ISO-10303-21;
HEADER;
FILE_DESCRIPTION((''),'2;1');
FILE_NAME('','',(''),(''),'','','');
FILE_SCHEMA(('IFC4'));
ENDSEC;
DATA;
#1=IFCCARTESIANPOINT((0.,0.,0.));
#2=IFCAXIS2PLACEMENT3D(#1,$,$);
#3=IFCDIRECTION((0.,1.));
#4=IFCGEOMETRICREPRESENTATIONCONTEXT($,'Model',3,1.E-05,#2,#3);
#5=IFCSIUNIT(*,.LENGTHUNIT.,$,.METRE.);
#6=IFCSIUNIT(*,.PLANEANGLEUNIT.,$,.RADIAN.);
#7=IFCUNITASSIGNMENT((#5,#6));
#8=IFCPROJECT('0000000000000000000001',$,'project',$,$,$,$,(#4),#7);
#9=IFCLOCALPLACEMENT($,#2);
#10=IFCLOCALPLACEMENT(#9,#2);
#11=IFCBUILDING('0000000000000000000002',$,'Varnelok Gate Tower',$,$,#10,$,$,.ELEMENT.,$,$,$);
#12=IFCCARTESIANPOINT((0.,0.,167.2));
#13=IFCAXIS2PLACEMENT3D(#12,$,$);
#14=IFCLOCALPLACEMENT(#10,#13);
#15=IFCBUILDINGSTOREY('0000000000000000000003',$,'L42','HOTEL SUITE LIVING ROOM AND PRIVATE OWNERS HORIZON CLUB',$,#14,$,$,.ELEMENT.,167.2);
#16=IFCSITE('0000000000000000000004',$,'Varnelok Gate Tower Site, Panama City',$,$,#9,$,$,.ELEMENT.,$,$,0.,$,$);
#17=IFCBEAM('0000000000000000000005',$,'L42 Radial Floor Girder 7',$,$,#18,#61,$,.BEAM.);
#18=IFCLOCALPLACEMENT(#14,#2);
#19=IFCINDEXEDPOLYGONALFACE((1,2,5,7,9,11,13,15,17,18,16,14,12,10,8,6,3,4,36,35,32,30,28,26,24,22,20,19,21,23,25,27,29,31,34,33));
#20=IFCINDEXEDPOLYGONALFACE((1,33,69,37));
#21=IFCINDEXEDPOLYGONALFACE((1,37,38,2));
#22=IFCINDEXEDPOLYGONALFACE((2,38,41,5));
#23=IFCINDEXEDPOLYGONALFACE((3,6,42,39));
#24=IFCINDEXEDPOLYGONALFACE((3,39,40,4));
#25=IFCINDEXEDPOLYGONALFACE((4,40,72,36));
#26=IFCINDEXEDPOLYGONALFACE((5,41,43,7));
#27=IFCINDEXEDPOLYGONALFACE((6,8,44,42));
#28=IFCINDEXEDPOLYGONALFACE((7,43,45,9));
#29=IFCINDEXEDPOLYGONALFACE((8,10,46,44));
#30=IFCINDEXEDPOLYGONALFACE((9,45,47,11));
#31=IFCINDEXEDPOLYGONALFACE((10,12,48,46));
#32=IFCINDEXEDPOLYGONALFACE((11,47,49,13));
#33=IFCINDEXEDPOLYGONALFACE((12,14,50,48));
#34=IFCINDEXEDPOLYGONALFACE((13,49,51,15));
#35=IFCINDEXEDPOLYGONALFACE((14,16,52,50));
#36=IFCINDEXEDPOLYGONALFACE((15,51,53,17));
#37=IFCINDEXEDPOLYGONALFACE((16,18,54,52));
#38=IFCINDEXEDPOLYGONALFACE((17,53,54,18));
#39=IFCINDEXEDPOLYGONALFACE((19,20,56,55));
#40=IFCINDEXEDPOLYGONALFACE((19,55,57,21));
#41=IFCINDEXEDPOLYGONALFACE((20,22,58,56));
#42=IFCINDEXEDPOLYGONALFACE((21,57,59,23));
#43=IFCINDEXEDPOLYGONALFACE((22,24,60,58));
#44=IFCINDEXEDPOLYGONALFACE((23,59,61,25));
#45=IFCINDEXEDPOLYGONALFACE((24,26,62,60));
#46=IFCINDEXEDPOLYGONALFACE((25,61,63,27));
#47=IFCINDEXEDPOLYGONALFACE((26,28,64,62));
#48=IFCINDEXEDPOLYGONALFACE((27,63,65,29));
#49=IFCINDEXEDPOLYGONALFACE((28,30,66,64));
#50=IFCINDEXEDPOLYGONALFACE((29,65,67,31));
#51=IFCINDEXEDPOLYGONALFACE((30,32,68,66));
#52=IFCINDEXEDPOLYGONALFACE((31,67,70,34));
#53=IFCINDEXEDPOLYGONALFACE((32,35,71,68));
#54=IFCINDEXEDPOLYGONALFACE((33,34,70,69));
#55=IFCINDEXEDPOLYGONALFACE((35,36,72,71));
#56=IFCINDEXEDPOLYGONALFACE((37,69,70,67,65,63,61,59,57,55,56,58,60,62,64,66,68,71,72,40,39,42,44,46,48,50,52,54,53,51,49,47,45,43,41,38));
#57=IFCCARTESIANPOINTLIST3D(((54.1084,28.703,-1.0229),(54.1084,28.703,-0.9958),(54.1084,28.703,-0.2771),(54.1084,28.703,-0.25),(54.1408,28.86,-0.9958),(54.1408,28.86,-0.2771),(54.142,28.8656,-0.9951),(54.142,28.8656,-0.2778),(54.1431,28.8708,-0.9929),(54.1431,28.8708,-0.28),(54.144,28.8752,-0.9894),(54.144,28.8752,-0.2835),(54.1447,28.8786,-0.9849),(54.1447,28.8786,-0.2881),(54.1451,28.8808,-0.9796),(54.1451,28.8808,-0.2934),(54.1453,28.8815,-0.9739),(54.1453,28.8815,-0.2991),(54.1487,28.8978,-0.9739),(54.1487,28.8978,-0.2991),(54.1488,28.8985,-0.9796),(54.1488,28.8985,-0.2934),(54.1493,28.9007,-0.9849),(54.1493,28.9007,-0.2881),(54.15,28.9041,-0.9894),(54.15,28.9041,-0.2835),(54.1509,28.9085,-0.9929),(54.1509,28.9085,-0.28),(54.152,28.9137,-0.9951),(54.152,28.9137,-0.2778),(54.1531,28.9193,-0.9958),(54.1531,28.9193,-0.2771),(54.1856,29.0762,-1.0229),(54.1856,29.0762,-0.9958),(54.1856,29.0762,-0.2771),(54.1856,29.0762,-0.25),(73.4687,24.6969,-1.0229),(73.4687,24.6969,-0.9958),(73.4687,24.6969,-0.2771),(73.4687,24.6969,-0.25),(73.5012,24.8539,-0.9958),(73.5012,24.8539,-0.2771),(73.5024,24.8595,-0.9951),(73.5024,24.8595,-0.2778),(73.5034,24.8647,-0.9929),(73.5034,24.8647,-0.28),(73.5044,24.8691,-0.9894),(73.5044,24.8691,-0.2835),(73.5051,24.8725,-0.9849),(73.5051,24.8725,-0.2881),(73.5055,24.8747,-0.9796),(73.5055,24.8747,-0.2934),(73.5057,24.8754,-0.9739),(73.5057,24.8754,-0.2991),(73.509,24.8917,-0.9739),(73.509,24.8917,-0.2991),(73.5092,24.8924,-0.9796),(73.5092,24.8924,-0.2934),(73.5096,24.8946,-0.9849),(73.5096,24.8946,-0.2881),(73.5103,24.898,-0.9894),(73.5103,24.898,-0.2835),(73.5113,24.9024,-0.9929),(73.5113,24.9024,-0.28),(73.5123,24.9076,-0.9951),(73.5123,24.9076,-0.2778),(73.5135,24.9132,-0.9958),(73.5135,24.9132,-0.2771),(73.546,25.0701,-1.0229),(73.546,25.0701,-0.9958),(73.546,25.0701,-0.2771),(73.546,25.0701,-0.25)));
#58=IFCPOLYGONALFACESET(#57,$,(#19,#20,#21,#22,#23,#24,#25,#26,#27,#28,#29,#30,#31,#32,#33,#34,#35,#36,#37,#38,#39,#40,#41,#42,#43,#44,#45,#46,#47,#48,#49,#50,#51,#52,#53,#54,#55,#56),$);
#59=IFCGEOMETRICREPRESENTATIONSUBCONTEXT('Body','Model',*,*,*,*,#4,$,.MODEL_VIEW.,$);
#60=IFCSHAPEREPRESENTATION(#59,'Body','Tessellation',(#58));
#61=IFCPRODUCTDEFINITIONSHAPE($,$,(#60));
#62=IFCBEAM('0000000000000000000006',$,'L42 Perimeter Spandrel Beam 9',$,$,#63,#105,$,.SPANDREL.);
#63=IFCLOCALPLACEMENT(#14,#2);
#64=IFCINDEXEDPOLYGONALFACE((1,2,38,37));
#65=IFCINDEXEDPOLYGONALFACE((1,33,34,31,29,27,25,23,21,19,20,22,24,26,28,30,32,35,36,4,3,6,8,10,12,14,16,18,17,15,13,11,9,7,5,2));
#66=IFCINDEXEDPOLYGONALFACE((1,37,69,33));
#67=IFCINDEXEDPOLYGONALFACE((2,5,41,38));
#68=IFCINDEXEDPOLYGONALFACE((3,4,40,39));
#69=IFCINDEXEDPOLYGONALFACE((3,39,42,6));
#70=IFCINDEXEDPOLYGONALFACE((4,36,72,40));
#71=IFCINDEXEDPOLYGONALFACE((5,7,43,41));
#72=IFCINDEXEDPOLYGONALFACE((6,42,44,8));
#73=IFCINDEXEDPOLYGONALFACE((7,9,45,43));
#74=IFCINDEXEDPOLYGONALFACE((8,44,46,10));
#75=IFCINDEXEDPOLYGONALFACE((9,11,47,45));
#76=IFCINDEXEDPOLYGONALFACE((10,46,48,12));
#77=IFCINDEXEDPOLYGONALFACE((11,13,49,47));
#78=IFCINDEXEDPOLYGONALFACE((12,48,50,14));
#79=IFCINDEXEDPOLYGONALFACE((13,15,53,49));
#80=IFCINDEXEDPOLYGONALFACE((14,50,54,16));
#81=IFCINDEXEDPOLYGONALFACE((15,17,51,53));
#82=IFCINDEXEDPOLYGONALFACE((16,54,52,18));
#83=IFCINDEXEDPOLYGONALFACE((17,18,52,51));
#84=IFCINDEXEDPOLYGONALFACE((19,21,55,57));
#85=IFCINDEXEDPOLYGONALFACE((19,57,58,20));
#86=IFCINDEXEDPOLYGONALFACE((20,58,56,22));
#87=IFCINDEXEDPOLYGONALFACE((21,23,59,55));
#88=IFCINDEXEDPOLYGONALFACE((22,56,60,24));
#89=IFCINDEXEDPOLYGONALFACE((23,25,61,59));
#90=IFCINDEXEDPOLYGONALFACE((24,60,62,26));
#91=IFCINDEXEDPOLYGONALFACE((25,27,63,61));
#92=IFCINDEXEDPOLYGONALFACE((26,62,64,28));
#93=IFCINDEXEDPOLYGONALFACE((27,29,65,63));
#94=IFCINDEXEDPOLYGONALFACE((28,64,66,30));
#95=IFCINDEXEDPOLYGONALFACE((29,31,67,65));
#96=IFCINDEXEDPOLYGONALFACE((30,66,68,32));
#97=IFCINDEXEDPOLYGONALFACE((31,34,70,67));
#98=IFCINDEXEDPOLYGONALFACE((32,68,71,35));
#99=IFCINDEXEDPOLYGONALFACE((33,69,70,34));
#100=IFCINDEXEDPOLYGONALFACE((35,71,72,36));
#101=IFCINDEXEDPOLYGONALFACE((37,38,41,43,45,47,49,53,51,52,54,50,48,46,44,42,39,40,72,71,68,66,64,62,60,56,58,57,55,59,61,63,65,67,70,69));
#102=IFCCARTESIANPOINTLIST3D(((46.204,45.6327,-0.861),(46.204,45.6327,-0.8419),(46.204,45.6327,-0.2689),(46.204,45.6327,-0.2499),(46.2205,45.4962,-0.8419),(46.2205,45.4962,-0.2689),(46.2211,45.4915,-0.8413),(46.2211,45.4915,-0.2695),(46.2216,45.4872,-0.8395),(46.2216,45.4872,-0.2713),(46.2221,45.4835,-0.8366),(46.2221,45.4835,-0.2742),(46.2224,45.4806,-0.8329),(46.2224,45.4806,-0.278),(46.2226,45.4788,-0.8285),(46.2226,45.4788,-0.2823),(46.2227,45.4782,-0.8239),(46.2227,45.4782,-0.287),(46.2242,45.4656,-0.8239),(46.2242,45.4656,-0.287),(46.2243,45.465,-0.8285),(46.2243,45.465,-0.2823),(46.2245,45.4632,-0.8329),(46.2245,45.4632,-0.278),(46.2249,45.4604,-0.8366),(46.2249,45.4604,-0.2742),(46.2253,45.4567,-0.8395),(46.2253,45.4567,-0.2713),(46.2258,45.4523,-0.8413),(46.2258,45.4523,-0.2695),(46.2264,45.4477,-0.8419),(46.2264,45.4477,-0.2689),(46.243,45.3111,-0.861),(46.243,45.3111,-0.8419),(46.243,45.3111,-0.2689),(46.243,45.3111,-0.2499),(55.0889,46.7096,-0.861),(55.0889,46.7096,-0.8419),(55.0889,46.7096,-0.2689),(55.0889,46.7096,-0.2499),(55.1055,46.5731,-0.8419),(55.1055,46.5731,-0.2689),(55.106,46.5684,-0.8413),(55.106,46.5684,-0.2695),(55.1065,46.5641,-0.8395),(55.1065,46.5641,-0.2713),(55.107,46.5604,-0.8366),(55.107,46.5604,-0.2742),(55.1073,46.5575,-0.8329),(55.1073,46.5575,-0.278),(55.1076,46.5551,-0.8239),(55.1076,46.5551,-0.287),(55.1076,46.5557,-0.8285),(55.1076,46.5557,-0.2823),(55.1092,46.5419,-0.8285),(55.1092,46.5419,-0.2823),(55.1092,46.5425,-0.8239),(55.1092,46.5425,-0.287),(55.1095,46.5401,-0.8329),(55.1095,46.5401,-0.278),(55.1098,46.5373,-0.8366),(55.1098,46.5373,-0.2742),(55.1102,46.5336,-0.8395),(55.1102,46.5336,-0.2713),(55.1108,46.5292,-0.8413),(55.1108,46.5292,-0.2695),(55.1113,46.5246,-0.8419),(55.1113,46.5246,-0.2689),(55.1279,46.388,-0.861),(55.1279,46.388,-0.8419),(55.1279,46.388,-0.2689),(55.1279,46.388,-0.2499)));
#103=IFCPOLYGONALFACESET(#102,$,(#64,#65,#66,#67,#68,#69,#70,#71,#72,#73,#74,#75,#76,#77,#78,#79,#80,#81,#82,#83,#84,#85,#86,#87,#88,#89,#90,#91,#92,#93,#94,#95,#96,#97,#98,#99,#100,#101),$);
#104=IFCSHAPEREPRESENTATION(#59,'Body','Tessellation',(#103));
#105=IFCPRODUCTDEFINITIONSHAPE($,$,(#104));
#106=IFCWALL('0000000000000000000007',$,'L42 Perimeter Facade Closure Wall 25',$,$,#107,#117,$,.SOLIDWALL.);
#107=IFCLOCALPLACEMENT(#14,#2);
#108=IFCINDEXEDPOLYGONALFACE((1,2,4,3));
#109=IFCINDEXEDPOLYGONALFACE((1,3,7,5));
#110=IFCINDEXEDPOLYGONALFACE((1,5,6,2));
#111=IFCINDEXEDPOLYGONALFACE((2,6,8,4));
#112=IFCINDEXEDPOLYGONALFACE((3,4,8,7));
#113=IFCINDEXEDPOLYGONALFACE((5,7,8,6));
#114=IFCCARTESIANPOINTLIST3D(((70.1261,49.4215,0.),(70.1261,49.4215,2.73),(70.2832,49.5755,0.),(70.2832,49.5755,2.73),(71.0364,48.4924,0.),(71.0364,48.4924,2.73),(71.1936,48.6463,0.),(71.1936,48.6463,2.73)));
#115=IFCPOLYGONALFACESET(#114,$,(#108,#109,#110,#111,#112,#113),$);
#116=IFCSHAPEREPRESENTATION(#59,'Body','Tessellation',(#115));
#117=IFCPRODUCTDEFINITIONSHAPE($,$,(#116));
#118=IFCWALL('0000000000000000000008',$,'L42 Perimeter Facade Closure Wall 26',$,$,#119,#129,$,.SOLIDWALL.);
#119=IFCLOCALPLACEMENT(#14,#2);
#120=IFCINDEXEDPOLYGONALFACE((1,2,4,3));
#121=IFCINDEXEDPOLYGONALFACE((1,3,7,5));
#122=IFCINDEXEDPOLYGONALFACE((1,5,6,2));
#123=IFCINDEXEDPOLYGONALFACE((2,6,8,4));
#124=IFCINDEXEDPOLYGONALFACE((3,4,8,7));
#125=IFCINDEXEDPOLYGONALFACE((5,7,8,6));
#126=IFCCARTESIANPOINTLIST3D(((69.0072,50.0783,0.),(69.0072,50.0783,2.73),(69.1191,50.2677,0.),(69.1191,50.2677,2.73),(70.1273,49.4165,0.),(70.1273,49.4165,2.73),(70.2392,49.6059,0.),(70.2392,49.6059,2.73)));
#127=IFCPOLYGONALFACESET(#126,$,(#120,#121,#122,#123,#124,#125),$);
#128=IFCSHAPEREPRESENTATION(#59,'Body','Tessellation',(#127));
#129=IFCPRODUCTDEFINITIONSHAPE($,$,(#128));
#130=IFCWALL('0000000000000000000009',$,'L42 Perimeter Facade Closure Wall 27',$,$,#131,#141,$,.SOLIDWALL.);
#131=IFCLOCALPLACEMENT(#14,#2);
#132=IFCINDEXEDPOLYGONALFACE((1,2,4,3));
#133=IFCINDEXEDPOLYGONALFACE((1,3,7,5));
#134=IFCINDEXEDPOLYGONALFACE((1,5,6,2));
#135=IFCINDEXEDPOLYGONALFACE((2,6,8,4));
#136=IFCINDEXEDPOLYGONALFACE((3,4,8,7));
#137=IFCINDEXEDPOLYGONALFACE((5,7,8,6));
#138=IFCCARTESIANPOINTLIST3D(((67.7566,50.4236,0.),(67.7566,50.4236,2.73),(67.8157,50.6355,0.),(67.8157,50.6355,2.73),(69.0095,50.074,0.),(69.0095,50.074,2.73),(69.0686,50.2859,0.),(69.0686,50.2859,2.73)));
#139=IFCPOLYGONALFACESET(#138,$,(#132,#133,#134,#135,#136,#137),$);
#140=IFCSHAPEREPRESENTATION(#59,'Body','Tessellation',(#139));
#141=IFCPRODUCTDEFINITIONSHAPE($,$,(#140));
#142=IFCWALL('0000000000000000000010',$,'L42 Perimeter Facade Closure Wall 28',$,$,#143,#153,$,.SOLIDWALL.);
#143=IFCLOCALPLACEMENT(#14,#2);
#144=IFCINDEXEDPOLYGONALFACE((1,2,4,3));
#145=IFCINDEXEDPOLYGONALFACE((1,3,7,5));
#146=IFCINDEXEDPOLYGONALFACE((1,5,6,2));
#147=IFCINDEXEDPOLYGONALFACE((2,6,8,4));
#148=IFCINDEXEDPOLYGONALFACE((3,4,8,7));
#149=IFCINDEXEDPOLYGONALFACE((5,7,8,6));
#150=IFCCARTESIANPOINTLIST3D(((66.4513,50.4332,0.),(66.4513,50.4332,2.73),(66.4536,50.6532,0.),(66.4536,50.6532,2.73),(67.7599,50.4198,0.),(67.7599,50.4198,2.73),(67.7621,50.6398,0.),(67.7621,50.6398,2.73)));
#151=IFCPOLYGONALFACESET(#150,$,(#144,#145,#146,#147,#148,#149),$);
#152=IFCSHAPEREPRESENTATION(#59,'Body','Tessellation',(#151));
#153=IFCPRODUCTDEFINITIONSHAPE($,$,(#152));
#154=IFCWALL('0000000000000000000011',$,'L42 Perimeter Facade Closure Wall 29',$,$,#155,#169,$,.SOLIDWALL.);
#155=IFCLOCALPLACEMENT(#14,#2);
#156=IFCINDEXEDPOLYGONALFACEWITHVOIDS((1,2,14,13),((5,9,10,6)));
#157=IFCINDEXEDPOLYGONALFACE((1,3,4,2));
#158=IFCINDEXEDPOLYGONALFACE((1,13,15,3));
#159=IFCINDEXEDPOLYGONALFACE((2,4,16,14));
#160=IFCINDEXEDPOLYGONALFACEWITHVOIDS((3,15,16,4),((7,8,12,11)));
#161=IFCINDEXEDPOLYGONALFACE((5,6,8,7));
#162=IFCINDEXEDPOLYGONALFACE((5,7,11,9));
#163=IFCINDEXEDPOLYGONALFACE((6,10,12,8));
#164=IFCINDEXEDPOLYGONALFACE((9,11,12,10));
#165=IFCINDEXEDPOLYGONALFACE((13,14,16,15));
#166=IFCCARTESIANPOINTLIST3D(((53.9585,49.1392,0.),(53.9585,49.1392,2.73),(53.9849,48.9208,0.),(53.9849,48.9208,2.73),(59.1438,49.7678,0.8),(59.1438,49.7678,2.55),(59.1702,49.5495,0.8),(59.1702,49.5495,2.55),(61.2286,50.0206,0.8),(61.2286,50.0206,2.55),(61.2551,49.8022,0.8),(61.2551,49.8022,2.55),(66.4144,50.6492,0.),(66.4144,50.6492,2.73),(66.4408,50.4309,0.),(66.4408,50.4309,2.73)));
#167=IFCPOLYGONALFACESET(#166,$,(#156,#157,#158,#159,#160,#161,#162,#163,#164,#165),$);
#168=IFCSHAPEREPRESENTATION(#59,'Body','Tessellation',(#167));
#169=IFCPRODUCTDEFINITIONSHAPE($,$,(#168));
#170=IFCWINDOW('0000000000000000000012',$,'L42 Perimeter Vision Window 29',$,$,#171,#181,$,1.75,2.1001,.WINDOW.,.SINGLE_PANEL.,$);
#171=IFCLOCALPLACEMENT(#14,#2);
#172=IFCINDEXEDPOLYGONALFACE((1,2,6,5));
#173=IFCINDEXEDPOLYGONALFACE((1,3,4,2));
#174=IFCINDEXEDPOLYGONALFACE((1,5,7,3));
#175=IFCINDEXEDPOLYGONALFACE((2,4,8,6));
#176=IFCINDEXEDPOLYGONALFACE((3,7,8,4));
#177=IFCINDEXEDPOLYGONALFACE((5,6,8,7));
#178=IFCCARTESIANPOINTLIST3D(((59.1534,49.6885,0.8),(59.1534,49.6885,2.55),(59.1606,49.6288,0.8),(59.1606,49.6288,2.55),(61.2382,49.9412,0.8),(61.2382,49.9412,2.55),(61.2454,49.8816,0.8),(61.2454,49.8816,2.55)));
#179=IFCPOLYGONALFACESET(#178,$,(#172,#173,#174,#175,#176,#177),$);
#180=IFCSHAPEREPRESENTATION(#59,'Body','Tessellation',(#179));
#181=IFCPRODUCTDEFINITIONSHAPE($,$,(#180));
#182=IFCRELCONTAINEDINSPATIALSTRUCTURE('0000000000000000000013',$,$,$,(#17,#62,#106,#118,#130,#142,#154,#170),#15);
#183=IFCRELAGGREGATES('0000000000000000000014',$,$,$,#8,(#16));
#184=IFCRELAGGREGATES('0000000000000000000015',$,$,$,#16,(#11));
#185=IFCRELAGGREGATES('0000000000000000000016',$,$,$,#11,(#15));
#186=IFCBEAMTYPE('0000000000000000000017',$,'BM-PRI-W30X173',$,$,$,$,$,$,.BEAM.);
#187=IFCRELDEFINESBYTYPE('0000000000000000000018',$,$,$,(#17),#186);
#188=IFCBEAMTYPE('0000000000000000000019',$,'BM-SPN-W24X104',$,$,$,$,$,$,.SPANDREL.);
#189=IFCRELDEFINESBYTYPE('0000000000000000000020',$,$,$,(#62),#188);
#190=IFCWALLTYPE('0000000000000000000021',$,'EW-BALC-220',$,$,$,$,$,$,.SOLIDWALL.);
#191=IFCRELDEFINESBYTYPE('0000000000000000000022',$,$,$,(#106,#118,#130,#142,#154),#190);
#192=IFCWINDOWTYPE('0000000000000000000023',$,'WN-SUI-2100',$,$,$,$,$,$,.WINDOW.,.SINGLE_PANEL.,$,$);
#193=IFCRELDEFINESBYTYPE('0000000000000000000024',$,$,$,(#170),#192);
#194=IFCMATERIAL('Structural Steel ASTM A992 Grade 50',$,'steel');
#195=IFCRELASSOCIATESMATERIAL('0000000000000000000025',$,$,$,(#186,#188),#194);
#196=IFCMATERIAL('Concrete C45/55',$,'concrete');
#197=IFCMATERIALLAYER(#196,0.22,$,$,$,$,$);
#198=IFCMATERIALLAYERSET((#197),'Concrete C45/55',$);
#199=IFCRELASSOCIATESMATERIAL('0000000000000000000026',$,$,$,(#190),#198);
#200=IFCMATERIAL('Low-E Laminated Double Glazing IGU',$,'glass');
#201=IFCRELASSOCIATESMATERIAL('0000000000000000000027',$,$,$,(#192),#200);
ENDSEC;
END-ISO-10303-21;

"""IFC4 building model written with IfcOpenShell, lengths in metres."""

from ifc_helpers import new_model, si_unit, direction, frame, frame_2d, origin, origin_2d, place, context, subcontext, project, spatial, rectangle, i_section, extrude, material, layer, layer_set, material_profile, profile_set, type_object, element, fill, save


model = new_model("IFC4")

# Units and contexts
model_context = context("Model", 3, precision=1e-05, world=origin(), true_north=direction((0.0, 1.0)))
body_context = subcontext(model_context, "Body", "Model", "MODEL_VIEW")
ifc_project = project(units=[si_unit("LENGTHUNIT", "METRE"), si_unit("PLANEANGLEUNIT", "RADIAN")], contexts=[model_context])

# Site, building, storey
site_placement = place(None, origin())
site = spatial("IfcSite", under=ifc_project, at=site_placement, Name="Varnelok Gate Tower Site, Panama City", CompositionType="ELEMENT", RefElevation=0.0)
building_placement = place(site_placement, origin())
building = spatial("IfcBuilding", under=site, at=building_placement, Name="Varnelok Gate Tower", CompositionType="ELEMENT")
storey_placement = place(building_placement, frame((0.0, 0.0, 167.2)))
storey = spatial("IfcBuildingStorey", under=building, at=storey_placement, Name="L42", Description="HOTEL SUITE LIVING ROOM AND PRIVATE OWNERS HORIZON CLUB", CompositionType="ELEMENT", Elevation=167.2)

# Shared definitions
ifc_material_1 = material(Name="Structural Steel ASTM A992 Grade 50", Category="steel")

# Beams
ifc_material_profile_1 = material_profile(ifc_material_1, i_section(OverallWidth=0.3811, OverallDepth=0.7729, WebThickness=0.0166, FlangeThickness=0.0271, FilletRadius=0.022, at=origin_2d()), Name="W30X173")
ifc_profile_set_1 = profile_set([ifc_material_profile_1], Name="Structural Steel ASTM A992 Grade 50")
beam_type_1 = type_object("IfcBeamType", Name="BM-PRI-W30X173", PredefinedType="BEAM", material=ifc_profile_set_1)
beam_1_placement = place(storey_placement, frame((54.147, 28.8896, -0.6365), z_axis=(0.979255, -0.202631, 0.0), x_axis=(0.202631, 0.979255, 0.0)))
element("IfcBeam", 1, at=beam_1_placement, inside=storey, type_object=beam_type_1, Name="L42 Radial Floor Girder 7", PredefinedType="BEAM", context=body_context, shape_type="SweptSolid", body=[
    extrude(i_section(OverallWidth=0.3811, OverallDepth=0.7729, WebThickness=0.0166, FlangeThickness=0.0271, FilletRadius=0.022, at=origin_2d()), origin(), (0.0, 0.0, 1.0), 19.7705),
])
ifc_material_profile_2 = material_profile(ifc_material_1, i_section(OverallWidth=0.324, OverallDepth=0.6111, WebThickness=0.0127, FlangeThickness=0.019, FilletRadius=0.0181, at=origin_2d()), Name="W24X104")
ifc_profile_set_2 = profile_set([ifc_material_profile_2], Name="Structural Steel ASTM A992 Grade 50")
beam_type_2 = type_object("IfcBeamType", Name="BM-SPN-W24X104", PredefinedType="SPANDREL", material=ifc_profile_set_2)
beam_2_placement = place(storey_placement, frame((55.1084, 46.5488, -0.5554), z_axis=(-0.992735, -0.120324, 0.0), x_axis=(0.120324, -0.992735, 0.0)))
element("IfcBeam", 2, at=beam_2_placement, inside=storey, type_object=beam_type_2, Name="L42 Perimeter Spandrel Beam 9", PredefinedType="SPANDREL", context=body_context, shape_type="SweptSolid", body=[
    extrude(i_section(OverallWidth=0.324, OverallDepth=0.6111, WebThickness=0.0127, FlangeThickness=0.019, FilletRadius=0.0181, at=origin_2d()), origin(), (0.0, 0.0, 1.0), 8.95),
])

# Walls
ifc_material_2 = material(Name="Concrete C45/55", Category="concrete")
ifc_layer_1 = layer(ifc_material_2, 0.22)
ifc_layer_set_1 = layer_set([ifc_layer_1], Name="Concrete C45/55")
wall_type_1 = type_object("IfcWallType", Name="EW-BALC-220", PredefinedType="SOLIDWALL", material=ifc_layer_set_1)
wall_1_placement = place(storey_placement, frame((71.115, 48.5693, 0.0), z_axis=(0.0, 0.0, 1.0), x_axis=(-0.699844, 0.714295, 0.0)))
element("IfcWall", 3, at=wall_1_placement, inside=storey, type_object=wall_type_1, Name="L42 Perimeter Facade Closure Wall 25", PredefinedType="SOLIDWALL", context=body_context, shape_type="SweptSolid", body=[
    extrude(rectangle(XDim=1.3008, YDim=0.22, at=frame_2d((0.6504, 0.0))), origin(), (0.0, 0.0, 1.0), 2.73),
])
wall_2_placement = place(storey_placement, frame((70.1831, 49.5112, 0.0), z_axis=(0.0, 0.0, 1.0), x_axis=(-0.860934, 0.508717, 0.0)))
element("IfcWall", 4, at=wall_2_placement, inside=storey, type_object=wall_type_1, Name="L42 Perimeter Facade Closure Wall 26", PredefinedType="SOLIDWALL", context=body_context, shape_type="SweptSolid", body=[
    extrude(rectangle(XDim=1.301, YDim=0.22, at=frame_2d((0.6504, 0.0))), origin(), (0.0, 0.0, 1.0), 2.73),
])
wall_3_placement = place(storey_placement, frame((69.0391, 50.1799, 0.0), z_axis=(0.0, 0.0, 1.0), x_axis=(-0.963205, 0.268767, 0.0)))
element("IfcWall", 5, at=wall_3_placement, inside=storey, type_object=wall_type_1, Name="L42 Perimeter Facade Closure Wall 27", PredefinedType="SOLIDWALL", context=body_context, shape_type="SweptSolid", body=[
    extrude(rectangle(XDim=1.3008, YDim=0.22, at=frame_2d((0.6504, 0.0))), origin(), (0.0, 0.0, 1.0), 2.73),
])
wall_4_placement = place(storey_placement, frame((67.761, 50.5298, 0.0), z_axis=(0.0, 0.0, 1.0), x_axis=(-0.999947, 0.010261, 0.0)))
element("IfcWall", 6, at=wall_4_placement, inside=storey, type_object=wall_type_1, Name="L42 Perimeter Facade Closure Wall 28", PredefinedType="SOLIDWALL", context=body_context, shape_type="SweptSolid", body=[
    extrude(rectangle(XDim=1.3086, YDim=0.22, at=frame_2d((0.6543, 0.0))), origin(), (0.0, 0.0, 1.0), 2.73),
])

# Wall, opening, window
wall_5_placement = place(storey_placement, frame((66.4275, 50.54, 0.0), z_axis=(0.0, 0.0, 1.0), x_axis=(-0.992732, -0.120348, 0.0)))
wall_5 = element("IfcWall", 7, at=wall_5_placement, inside=storey, type_object=wall_type_1, Name="L42 Perimeter Facade Closure Wall 29", PredefinedType="SOLIDWALL", context=body_context, shape_type="SweptSolid", body=[
    extrude(rectangle(XDim=12.5471, YDim=0.22, at=frame_2d((6.2734, 0.0))), origin(), (0.0, 0.0, 1.0), 2.73),
])
opening_1_placement = place(wall_5_placement, frame((5.2236, 0.0, 0.8)))
opening_1 = element("IfcOpeningElement", 8, at=opening_1_placement, cuts=wall_5, PredefinedType="OPENING", context=body_context, shape_type="SweptSolid", body=[
    extrude(rectangle(XDim=2.1001, YDim=1.75, at=frame_2d((1.05, 0.875))), frame((0.0, 0.1199, 0.0), z_axis=(0.0, -1.0, 0.0), x_axis=(1.0, 0.0, 0.0)), (0.0, 0.0, 1.0), 0.24),
])
ifc_material_3 = material(Name="Low-E Laminated Double Glazing IGU", Category="glass")
window_type = type_object("IfcWindowType", Name="WN-SUI-2100", PartitioningType="SINGLE_PANEL", PredefinedType="WINDOW", material=ifc_material_3)
window_placement = place(opening_1_placement, origin())
window = element("IfcWindow", 9, at=window_placement, inside=storey, type_object=window_type, Name="L42 Perimeter Vision Window 29", OverallHeight=1.75, OverallWidth=2.1001, PartitioningType="SINGLE_PANEL", PredefinedType="WINDOW", context=body_context, shape_type="SweptSolid", body=[
    extrude(rectangle(XDim=2.1001, YDim=1.75, at=frame_2d((1.05, 0.875))), frame((0.0, 0.03, 0.0), z_axis=(0.0, -1.0, 0.0), x_axis=(1.0, 0.0, 0.0)), (0.0, 0.0, 1.0), 0.0601),
])
fill(opening_1, window)

save(model, "model.ifc")
